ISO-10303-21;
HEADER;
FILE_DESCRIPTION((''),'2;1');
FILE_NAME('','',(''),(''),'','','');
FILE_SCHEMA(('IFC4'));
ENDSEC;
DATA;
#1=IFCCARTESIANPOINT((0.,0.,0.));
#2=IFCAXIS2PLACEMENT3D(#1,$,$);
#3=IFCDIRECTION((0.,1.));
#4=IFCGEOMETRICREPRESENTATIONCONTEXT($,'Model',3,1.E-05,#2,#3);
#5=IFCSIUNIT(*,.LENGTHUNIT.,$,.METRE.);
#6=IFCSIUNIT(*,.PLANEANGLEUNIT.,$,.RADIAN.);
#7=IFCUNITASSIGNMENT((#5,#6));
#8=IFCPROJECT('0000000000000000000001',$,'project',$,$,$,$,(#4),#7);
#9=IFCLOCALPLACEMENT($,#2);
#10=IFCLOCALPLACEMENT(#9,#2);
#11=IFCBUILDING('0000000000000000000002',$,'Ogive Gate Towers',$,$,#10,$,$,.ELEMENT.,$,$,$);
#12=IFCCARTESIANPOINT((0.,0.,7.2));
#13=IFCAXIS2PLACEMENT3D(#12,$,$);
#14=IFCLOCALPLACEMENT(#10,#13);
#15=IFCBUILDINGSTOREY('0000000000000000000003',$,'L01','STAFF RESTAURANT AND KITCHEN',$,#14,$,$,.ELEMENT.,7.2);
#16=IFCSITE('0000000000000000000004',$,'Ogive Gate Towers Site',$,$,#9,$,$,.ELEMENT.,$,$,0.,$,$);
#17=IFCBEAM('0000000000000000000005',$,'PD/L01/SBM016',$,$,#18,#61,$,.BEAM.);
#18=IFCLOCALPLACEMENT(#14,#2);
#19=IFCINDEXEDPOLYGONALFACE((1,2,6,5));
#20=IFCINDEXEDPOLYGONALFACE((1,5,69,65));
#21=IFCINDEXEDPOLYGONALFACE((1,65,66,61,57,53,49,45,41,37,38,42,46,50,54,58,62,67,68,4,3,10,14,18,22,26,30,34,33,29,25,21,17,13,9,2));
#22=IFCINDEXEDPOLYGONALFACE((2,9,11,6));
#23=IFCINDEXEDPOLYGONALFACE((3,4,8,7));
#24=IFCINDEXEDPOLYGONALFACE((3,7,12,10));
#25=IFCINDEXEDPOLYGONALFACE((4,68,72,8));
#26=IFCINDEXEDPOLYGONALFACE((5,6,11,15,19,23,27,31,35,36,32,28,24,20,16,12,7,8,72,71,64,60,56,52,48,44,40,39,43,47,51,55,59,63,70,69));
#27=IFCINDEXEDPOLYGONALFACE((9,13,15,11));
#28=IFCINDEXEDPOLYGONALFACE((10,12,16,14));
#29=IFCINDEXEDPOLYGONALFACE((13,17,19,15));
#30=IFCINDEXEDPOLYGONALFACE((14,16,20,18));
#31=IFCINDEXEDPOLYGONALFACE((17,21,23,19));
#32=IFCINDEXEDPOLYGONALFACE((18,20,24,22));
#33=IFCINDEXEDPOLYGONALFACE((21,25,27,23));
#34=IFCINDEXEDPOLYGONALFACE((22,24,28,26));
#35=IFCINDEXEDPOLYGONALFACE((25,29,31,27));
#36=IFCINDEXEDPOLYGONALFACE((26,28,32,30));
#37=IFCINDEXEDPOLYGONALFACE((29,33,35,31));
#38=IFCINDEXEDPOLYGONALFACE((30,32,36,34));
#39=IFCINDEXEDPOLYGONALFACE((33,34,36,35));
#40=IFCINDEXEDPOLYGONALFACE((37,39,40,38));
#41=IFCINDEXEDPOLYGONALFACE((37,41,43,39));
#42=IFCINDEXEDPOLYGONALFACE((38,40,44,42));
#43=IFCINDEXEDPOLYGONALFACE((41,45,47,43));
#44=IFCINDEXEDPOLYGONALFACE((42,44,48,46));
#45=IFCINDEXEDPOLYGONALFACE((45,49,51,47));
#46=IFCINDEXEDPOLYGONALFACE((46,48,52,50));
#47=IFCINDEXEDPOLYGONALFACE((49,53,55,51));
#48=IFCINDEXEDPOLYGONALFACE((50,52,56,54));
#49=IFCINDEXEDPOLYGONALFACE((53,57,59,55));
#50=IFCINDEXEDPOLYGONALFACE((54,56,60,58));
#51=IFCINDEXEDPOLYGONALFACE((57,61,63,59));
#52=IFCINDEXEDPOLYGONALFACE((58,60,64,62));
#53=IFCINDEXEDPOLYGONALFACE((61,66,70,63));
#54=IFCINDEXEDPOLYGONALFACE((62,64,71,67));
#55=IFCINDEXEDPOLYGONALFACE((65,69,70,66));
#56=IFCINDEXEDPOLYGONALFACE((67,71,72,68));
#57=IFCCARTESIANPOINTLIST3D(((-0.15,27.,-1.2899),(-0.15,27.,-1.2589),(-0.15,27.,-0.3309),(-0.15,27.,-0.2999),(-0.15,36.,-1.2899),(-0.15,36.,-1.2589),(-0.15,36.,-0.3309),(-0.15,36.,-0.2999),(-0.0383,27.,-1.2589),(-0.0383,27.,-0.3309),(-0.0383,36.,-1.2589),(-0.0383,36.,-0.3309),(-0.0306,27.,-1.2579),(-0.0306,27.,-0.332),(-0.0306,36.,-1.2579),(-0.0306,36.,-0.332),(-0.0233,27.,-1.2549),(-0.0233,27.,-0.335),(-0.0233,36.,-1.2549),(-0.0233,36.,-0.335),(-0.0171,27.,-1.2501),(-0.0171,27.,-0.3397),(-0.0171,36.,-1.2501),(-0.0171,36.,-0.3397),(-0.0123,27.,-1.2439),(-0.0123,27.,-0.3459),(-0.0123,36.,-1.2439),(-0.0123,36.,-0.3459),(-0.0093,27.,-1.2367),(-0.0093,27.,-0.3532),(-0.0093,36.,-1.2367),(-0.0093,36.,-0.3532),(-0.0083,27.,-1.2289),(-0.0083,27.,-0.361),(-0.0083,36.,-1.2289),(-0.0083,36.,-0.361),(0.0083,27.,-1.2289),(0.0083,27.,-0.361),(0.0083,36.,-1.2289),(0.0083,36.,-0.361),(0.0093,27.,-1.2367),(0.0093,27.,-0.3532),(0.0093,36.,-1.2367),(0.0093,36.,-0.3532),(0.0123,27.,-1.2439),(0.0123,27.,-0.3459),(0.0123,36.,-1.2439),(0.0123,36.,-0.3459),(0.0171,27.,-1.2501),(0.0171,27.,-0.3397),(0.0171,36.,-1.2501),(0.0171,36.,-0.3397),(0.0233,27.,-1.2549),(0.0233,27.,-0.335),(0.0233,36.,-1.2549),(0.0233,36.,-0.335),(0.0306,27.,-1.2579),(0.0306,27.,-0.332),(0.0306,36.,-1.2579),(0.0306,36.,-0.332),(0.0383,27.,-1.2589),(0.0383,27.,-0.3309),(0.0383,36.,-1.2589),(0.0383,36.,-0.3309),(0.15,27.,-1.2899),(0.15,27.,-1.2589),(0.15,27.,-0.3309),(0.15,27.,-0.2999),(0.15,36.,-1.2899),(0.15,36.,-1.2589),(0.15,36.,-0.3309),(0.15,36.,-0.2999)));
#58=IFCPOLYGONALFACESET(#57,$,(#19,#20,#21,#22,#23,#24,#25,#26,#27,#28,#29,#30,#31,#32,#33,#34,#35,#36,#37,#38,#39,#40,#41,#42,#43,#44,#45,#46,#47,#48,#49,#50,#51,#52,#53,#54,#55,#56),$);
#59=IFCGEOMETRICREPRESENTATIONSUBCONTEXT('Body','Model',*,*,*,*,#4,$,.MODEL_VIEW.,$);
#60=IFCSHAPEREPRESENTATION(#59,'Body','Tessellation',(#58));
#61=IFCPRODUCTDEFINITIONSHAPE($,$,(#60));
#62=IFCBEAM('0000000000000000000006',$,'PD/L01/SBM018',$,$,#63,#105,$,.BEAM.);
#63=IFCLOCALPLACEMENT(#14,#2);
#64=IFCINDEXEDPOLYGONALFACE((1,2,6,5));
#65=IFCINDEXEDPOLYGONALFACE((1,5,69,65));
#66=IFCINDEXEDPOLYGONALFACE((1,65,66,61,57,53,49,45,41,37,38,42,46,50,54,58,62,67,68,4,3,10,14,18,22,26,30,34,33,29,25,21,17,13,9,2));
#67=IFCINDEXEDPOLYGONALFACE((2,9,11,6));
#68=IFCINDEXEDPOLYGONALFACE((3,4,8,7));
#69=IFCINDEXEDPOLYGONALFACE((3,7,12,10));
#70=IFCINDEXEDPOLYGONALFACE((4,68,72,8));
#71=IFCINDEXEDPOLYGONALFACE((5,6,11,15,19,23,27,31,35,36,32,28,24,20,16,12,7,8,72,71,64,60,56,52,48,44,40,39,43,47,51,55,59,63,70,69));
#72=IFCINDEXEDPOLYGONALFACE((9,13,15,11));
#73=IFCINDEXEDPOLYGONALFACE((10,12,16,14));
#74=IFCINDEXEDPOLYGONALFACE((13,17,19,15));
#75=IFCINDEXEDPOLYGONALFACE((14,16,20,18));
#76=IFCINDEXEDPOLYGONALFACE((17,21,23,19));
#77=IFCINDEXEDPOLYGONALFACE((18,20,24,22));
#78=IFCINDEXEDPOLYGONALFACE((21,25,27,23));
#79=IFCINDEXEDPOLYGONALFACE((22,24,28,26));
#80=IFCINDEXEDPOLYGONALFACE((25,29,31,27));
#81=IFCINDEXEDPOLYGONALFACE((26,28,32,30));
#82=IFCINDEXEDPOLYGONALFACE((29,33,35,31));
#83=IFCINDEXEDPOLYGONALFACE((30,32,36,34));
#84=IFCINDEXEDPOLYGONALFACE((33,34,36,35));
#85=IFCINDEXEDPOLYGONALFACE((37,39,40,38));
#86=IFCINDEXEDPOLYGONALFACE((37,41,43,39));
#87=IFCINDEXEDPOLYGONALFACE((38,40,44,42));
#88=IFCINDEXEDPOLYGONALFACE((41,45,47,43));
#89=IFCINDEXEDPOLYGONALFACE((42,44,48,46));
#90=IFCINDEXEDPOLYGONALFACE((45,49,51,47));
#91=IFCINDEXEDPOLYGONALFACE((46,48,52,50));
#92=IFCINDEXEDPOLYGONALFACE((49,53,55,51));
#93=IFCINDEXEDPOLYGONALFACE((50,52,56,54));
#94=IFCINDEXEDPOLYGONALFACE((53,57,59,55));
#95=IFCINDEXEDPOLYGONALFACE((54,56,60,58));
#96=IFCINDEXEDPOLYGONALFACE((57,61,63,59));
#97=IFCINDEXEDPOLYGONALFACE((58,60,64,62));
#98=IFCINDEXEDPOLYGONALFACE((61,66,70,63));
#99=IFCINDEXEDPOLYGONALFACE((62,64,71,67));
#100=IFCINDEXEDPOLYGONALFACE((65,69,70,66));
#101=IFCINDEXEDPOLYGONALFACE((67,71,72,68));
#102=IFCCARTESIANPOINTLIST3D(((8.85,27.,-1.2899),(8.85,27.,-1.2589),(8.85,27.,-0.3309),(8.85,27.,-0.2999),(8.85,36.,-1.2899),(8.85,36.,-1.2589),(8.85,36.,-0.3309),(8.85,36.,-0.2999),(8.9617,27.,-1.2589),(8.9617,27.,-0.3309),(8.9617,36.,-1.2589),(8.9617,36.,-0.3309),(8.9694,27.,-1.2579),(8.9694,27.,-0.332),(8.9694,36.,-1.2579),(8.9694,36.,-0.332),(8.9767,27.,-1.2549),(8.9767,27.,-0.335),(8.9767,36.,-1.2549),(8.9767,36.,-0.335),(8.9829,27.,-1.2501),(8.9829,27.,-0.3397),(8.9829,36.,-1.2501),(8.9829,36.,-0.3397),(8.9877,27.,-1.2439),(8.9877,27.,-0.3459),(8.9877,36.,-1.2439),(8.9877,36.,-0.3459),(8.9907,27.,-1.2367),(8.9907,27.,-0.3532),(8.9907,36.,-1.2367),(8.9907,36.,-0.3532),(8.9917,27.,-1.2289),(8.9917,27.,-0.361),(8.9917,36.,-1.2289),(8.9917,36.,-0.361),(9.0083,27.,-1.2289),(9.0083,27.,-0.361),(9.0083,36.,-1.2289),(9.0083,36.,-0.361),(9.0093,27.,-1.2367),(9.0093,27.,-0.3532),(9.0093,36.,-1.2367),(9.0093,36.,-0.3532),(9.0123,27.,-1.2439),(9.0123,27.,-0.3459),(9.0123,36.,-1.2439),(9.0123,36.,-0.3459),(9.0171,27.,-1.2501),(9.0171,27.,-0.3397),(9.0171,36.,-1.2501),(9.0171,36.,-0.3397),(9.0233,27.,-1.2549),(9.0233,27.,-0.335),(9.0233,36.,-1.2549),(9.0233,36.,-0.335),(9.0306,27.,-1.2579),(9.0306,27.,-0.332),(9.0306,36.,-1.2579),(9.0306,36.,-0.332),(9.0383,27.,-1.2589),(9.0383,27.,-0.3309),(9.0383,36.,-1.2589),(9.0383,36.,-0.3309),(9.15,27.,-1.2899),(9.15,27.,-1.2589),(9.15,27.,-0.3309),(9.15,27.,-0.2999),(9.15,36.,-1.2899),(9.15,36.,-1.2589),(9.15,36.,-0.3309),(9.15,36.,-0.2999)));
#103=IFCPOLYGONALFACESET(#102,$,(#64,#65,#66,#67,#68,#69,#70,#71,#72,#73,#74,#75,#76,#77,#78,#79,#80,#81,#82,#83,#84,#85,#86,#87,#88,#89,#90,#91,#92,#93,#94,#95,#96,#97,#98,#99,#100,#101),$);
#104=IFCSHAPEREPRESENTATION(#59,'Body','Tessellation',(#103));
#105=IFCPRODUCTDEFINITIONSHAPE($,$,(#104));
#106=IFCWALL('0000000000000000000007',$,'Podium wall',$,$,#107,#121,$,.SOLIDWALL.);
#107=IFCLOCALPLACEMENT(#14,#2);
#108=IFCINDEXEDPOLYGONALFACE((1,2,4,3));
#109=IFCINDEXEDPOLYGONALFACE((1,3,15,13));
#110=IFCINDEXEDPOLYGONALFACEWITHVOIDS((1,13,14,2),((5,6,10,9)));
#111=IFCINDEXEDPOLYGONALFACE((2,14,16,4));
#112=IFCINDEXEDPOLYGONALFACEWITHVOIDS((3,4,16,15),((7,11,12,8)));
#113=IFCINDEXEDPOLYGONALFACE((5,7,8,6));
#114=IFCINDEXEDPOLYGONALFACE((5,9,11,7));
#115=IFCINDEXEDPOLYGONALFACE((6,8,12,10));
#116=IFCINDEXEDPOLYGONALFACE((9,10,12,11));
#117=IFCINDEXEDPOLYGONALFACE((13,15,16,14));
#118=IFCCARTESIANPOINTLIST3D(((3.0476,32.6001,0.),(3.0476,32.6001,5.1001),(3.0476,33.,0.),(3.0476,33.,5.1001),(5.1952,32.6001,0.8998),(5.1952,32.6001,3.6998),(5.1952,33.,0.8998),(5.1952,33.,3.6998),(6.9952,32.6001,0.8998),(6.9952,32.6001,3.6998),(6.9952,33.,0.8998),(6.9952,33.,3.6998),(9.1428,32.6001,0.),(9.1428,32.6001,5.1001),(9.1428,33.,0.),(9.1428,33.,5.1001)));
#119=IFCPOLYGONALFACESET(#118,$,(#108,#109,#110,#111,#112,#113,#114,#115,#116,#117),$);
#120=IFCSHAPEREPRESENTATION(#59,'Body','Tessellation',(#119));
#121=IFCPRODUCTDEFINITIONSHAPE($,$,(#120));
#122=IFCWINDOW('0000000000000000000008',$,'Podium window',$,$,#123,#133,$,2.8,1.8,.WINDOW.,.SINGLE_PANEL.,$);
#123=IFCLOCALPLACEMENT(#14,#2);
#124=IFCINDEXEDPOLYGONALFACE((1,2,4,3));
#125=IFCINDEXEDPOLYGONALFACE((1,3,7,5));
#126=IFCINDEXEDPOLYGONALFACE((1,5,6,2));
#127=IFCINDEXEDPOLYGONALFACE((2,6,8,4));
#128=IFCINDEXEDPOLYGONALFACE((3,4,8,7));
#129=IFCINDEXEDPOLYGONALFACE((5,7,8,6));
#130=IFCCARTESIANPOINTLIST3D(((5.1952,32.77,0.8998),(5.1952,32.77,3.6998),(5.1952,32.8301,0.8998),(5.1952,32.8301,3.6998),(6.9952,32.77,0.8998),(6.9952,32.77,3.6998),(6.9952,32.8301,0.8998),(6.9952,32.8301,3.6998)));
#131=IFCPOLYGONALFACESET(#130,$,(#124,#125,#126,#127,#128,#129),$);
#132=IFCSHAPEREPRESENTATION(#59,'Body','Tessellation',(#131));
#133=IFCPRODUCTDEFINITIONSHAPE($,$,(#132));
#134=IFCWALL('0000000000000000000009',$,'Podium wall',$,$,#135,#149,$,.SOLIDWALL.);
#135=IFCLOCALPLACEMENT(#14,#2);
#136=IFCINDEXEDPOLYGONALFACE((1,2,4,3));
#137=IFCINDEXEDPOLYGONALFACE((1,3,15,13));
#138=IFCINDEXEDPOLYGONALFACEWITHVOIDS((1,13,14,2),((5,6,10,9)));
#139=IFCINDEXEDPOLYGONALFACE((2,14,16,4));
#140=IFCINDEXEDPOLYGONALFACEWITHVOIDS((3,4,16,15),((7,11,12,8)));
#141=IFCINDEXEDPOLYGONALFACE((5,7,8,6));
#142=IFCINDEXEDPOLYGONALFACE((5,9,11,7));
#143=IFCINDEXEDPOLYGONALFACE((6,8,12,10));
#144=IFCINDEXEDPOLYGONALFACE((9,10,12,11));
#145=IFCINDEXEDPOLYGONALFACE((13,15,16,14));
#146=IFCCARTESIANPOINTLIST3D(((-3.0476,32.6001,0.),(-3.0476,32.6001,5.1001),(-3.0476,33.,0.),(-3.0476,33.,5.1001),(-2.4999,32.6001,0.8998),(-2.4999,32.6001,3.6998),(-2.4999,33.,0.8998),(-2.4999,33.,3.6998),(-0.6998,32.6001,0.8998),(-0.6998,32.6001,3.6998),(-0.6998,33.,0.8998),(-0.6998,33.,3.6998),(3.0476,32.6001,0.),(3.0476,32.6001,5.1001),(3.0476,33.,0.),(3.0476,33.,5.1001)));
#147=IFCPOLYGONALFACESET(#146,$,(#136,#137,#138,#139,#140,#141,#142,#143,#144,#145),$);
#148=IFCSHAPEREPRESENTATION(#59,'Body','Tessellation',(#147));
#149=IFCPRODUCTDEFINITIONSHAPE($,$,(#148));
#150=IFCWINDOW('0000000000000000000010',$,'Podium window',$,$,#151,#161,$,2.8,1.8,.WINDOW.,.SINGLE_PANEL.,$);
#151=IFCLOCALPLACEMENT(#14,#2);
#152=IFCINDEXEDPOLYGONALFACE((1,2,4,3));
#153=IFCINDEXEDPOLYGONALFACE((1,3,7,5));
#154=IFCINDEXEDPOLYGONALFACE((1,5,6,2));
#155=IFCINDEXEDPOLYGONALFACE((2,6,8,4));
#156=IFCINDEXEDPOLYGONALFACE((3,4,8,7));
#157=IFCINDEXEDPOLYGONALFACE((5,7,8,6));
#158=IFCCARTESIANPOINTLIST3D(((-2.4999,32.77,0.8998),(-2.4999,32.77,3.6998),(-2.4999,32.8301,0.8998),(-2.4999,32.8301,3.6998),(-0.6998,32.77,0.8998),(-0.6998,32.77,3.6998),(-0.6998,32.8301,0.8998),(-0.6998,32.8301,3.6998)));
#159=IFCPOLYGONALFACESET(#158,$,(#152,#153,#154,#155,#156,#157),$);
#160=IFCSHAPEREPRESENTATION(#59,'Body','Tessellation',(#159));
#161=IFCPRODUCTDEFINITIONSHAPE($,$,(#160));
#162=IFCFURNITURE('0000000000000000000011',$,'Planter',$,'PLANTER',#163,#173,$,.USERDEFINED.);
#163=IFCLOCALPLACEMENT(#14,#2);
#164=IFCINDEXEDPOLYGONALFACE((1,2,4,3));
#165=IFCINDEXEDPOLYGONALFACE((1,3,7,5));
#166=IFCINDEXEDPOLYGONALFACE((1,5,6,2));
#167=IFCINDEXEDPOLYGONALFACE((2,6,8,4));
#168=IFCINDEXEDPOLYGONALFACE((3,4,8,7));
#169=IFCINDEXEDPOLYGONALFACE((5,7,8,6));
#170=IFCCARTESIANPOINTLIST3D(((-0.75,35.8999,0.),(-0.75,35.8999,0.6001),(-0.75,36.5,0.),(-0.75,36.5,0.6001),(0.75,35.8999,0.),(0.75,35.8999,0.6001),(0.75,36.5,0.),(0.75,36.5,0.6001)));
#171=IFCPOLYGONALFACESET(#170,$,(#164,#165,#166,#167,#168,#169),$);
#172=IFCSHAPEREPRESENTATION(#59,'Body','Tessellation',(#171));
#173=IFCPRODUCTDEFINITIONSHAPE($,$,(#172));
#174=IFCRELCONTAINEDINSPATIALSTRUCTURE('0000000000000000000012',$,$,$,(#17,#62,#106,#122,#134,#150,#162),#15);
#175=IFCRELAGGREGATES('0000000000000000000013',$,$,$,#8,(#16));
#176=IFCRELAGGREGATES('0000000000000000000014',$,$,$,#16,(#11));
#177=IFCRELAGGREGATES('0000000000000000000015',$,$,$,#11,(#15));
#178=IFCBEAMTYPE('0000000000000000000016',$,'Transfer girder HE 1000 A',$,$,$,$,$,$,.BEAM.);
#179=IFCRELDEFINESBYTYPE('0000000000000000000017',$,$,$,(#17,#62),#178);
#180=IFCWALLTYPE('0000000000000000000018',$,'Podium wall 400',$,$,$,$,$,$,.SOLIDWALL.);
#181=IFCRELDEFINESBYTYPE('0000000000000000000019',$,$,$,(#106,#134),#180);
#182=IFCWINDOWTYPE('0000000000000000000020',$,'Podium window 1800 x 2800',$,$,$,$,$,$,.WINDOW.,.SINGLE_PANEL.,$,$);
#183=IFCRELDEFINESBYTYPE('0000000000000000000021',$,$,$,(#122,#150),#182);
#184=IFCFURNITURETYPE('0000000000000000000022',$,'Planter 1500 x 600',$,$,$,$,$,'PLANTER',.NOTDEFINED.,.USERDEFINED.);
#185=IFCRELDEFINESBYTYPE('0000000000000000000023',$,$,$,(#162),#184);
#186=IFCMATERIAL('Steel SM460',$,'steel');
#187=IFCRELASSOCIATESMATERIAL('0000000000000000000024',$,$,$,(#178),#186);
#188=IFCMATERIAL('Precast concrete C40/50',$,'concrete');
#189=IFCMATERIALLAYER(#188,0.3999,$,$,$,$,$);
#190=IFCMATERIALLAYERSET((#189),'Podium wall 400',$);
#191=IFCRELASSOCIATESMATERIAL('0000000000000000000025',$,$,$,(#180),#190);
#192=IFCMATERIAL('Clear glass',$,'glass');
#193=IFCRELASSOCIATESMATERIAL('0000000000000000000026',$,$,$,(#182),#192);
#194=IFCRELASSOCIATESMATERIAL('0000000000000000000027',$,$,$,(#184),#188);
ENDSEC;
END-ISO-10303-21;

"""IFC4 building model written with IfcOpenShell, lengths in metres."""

from ifc_helpers import new_model, si_unit, direction, frame, frame_2d, origin, origin_2d, place, context, subcontext, project, spatial, rectangle, i_section, extrude, material, layer, layer_set, material_profile, profile_set, type_object, element, fill, save


model = new_model("IFC4")

# Units and contexts
model_context = context("Model", 3, precision=1e-05, world=origin(), true_north=direction((0.0, 1.0)))
body_context = subcontext(model_context, "Body", "Model", "MODEL_VIEW")
ifc_project = project(units=[si_unit("LENGTHUNIT", "METRE"), si_unit("PLANEANGLEUNIT", "RADIAN")], contexts=[model_context])

# Site, building, storey
site_placement = place(None, origin())
site = spatial("IfcSite", under=ifc_project, at=site_placement, Name="Ogive Gate Towers Site", CompositionType="ELEMENT", RefElevation=0.0)
building_placement = place(site_placement, origin())
building = spatial("IfcBuilding", under=site, at=building_placement, Name="Ogive Gate Towers", CompositionType="ELEMENT")
storey_placement = place(building_placement, frame((0.0, 0.0, 7.2)))
storey = spatial("IfcBuildingStorey", under=building, at=storey_placement, Name="L01", Description="STAFF RESTAURANT AND KITCHEN", CompositionType="ELEMENT", Elevation=7.2)

# Beams
ifc_material_1 = material(Name="Steel SM460", Category="steel")
ifc_material_profile_1 = material_profile(ifc_material_1, i_section(OverallWidth=0.3, OverallDepth=0.99, WebThickness=0.0166, FlangeThickness=0.031, FilletRadius=0.03, at=origin_2d()), Name="HE 1000 A")
ifc_profile_set_1 = profile_set([ifc_material_profile_1], Name="Steel SM460")
beam_type_1 = type_object("IfcBeamType", Name="Transfer girder HE 1000 A", PredefinedType="BEAM", material=ifc_profile_set_1)
for number, where, z_axis, x_axis, name in (
    (1, (0.0, 27.0, -0.7949), (0.0, 1.0, 0.0), (-1.0, 0.0, 0.0), "PD/L01/SBM016"),
    (2, (9.0, 27.0, -0.7949), (0.0, 1.0, 0.0), (-1.0, 0.0, 0.0), "PD/L01/SBM018"),
):
    element("IfcBeam", number, at=place(storey_placement, frame(where, z_axis=z_axis, x_axis=x_axis)), inside=storey, type_object=beam_type_1, Name=name, PredefinedType="BEAM", context=body_context, shape_type="SweptSolid", body=[
        extrude(i_section(OverallWidth=0.3, OverallDepth=0.99, WebThickness=0.0166, FlangeThickness=0.031, FilletRadius=0.03, at=origin_2d()), origin(), (0.0, 0.0, 1.0), 9.0),
    ])

# Walls, openings, windows
ifc_material_2 = material(Name="Precast concrete C40/50", Category="concrete")
ifc_layer = layer(ifc_material_2, 0.3999)
ifc_layer_set = layer_set([ifc_layer], Name="Podium wall 400")
wall_type = type_object("IfcWallType", Name="Podium wall 400", PredefinedType="SOLIDWALL", material=ifc_layer_set)
wall_1_placement = place(storey_placement, frame((9.1428, 32.8, 0.0), z_axis=(0.0, 0.0, 1.0), x_axis=(-1.0, 0.0, 0.0)))
wall_1 = element("IfcWall", 3, at=wall_1_placement, inside=storey, type_object=wall_type, Name="Podium wall", PredefinedType="SOLIDWALL", context=body_context, shape_type="SweptSolid", body=[
    extrude(rectangle(XDim=6.0952, YDim=0.3999, at=frame_2d((3.0476, 0.0))), origin(), (0.0, 0.0, 1.0), 5.1001),
])
opening_1_placement = place(wall_1_placement, frame((2.1477, 0.0, 0.8999)))
opening_1 = element("IfcOpeningElement", 4, at=opening_1_placement, cuts=wall_1, PredefinedType="OPENING", context=body_context, shape_type="SweptSolid", body=[
    extrude(rectangle(XDim=1.8, YDim=2.8, at=frame_2d((0.8999, 1.3999))), frame((0.0, 0.21, 0.0), z_axis=(0.0, -1.0, 0.0), x_axis=(1.0, 0.0, 0.0)), (0.0, 0.0, 1.0), 0.4199),
])
ifc_material_3 = material(Name="Clear glass", Category="glass")
window_type = type_object("IfcWindowType", Name="Podium window 1800 x 2800", PartitioningType="SINGLE_PANEL", PredefinedType="WINDOW", material=ifc_material_3)
window_1_placement = place(opening_1_placement, origin())
window_1 = element("IfcWindow", 5, at=window_1_placement, inside=storey, type_object=window_type, Name="Podium window", OverallHeight=2.8, OverallWidth=1.8, PartitioningType="SINGLE_PANEL", PredefinedType="WINDOW", context=body_context, shape_type="SweptSolid", body=[
    extrude(rectangle(XDim=1.8, YDim=2.8, at=frame_2d((0.8999, 1.3999))), frame((0.0, 0.03, 0.0), z_axis=(0.0, -1.0, 0.0), x_axis=(1.0, 0.0, 0.0)), (0.0, 0.0, 1.0), 0.0601),
])
fill(opening_1, window_1)
wall_2_placement = place(storey_placement, frame((3.0476, 32.8, 0.0), z_axis=(0.0, 0.0, 1.0), x_axis=(-1.0, 0.0, 0.0)))
wall_2 = element("IfcWall", 6, at=wall_2_placement, inside=storey, type_object=wall_type, Name="Podium wall", PredefinedType="SOLIDWALL", context=body_context, shape_type="SweptSolid", body=[
    extrude(rectangle(XDim=6.0952, YDim=0.3999, at=frame_2d((3.0476, 0.0))), origin(), (0.0, 0.0, 1.0), 5.1001),
])
opening_2_placement = place(wall_2_placement, frame((3.7476, 0.0, 0.8999)))
opening_2 = element("IfcOpeningElement", 7, at=opening_2_placement, cuts=wall_2, PredefinedType="OPENING", context=body_context, shape_type="SweptSolid", body=[
    extrude(rectangle(XDim=1.8, YDim=2.8, at=frame_2d((0.8999, 1.3999))), frame((0.0, 0.21, 0.0), z_axis=(0.0, -1.0, 0.0), x_axis=(1.0, 0.0, 0.0)), (0.0, 0.0, 1.0), 0.4199),
])
window_2_placement = place(opening_2_placement, origin())
window_2 = element("IfcWindow", 8, at=window_2_placement, inside=storey, type_object=window_type, Name="Podium window", OverallHeight=2.8, OverallWidth=1.8, PartitioningType="SINGLE_PANEL", PredefinedType="WINDOW", context=body_context, shape_type="SweptSolid", body=[
    extrude(rectangle(XDim=1.8, YDim=2.8, at=frame_2d((0.8999, 1.3999))), frame((0.0, 0.03, 0.0), z_axis=(0.0, -1.0, 0.0), x_axis=(1.0, 0.0, 0.0)), (0.0, 0.0, 1.0), 0.0601),
])
fill(opening_2, window_2)

# Furniture
furniture_type = type_object("IfcFurnitureType", Name="Planter 1500 x 600", ElementType="PLANTER", AssemblyPlace="NOTDEFINED", PredefinedType="USERDEFINED", material=ifc_material_2)
furniture_placement = place(storey_placement, frame((0.0, 36.2, 0.0), z_axis=(0.0, 0.0, 1.0), x_axis=(-1.0, 0.0, 0.0)))
element("IfcFurniture", 9, at=furniture_placement, inside=storey, type_object=furniture_type, Name="Planter", ObjectType="PLANTER", PredefinedType="USERDEFINED", context=body_context, shape_type="SweptSolid", body=[
    extrude(rectangle(XDim=1.5, YDim=0.6001, at=origin_2d()), origin(), (0.0, 0.0, 1.0), 0.6001),
])

save(model, "model.ifc")
